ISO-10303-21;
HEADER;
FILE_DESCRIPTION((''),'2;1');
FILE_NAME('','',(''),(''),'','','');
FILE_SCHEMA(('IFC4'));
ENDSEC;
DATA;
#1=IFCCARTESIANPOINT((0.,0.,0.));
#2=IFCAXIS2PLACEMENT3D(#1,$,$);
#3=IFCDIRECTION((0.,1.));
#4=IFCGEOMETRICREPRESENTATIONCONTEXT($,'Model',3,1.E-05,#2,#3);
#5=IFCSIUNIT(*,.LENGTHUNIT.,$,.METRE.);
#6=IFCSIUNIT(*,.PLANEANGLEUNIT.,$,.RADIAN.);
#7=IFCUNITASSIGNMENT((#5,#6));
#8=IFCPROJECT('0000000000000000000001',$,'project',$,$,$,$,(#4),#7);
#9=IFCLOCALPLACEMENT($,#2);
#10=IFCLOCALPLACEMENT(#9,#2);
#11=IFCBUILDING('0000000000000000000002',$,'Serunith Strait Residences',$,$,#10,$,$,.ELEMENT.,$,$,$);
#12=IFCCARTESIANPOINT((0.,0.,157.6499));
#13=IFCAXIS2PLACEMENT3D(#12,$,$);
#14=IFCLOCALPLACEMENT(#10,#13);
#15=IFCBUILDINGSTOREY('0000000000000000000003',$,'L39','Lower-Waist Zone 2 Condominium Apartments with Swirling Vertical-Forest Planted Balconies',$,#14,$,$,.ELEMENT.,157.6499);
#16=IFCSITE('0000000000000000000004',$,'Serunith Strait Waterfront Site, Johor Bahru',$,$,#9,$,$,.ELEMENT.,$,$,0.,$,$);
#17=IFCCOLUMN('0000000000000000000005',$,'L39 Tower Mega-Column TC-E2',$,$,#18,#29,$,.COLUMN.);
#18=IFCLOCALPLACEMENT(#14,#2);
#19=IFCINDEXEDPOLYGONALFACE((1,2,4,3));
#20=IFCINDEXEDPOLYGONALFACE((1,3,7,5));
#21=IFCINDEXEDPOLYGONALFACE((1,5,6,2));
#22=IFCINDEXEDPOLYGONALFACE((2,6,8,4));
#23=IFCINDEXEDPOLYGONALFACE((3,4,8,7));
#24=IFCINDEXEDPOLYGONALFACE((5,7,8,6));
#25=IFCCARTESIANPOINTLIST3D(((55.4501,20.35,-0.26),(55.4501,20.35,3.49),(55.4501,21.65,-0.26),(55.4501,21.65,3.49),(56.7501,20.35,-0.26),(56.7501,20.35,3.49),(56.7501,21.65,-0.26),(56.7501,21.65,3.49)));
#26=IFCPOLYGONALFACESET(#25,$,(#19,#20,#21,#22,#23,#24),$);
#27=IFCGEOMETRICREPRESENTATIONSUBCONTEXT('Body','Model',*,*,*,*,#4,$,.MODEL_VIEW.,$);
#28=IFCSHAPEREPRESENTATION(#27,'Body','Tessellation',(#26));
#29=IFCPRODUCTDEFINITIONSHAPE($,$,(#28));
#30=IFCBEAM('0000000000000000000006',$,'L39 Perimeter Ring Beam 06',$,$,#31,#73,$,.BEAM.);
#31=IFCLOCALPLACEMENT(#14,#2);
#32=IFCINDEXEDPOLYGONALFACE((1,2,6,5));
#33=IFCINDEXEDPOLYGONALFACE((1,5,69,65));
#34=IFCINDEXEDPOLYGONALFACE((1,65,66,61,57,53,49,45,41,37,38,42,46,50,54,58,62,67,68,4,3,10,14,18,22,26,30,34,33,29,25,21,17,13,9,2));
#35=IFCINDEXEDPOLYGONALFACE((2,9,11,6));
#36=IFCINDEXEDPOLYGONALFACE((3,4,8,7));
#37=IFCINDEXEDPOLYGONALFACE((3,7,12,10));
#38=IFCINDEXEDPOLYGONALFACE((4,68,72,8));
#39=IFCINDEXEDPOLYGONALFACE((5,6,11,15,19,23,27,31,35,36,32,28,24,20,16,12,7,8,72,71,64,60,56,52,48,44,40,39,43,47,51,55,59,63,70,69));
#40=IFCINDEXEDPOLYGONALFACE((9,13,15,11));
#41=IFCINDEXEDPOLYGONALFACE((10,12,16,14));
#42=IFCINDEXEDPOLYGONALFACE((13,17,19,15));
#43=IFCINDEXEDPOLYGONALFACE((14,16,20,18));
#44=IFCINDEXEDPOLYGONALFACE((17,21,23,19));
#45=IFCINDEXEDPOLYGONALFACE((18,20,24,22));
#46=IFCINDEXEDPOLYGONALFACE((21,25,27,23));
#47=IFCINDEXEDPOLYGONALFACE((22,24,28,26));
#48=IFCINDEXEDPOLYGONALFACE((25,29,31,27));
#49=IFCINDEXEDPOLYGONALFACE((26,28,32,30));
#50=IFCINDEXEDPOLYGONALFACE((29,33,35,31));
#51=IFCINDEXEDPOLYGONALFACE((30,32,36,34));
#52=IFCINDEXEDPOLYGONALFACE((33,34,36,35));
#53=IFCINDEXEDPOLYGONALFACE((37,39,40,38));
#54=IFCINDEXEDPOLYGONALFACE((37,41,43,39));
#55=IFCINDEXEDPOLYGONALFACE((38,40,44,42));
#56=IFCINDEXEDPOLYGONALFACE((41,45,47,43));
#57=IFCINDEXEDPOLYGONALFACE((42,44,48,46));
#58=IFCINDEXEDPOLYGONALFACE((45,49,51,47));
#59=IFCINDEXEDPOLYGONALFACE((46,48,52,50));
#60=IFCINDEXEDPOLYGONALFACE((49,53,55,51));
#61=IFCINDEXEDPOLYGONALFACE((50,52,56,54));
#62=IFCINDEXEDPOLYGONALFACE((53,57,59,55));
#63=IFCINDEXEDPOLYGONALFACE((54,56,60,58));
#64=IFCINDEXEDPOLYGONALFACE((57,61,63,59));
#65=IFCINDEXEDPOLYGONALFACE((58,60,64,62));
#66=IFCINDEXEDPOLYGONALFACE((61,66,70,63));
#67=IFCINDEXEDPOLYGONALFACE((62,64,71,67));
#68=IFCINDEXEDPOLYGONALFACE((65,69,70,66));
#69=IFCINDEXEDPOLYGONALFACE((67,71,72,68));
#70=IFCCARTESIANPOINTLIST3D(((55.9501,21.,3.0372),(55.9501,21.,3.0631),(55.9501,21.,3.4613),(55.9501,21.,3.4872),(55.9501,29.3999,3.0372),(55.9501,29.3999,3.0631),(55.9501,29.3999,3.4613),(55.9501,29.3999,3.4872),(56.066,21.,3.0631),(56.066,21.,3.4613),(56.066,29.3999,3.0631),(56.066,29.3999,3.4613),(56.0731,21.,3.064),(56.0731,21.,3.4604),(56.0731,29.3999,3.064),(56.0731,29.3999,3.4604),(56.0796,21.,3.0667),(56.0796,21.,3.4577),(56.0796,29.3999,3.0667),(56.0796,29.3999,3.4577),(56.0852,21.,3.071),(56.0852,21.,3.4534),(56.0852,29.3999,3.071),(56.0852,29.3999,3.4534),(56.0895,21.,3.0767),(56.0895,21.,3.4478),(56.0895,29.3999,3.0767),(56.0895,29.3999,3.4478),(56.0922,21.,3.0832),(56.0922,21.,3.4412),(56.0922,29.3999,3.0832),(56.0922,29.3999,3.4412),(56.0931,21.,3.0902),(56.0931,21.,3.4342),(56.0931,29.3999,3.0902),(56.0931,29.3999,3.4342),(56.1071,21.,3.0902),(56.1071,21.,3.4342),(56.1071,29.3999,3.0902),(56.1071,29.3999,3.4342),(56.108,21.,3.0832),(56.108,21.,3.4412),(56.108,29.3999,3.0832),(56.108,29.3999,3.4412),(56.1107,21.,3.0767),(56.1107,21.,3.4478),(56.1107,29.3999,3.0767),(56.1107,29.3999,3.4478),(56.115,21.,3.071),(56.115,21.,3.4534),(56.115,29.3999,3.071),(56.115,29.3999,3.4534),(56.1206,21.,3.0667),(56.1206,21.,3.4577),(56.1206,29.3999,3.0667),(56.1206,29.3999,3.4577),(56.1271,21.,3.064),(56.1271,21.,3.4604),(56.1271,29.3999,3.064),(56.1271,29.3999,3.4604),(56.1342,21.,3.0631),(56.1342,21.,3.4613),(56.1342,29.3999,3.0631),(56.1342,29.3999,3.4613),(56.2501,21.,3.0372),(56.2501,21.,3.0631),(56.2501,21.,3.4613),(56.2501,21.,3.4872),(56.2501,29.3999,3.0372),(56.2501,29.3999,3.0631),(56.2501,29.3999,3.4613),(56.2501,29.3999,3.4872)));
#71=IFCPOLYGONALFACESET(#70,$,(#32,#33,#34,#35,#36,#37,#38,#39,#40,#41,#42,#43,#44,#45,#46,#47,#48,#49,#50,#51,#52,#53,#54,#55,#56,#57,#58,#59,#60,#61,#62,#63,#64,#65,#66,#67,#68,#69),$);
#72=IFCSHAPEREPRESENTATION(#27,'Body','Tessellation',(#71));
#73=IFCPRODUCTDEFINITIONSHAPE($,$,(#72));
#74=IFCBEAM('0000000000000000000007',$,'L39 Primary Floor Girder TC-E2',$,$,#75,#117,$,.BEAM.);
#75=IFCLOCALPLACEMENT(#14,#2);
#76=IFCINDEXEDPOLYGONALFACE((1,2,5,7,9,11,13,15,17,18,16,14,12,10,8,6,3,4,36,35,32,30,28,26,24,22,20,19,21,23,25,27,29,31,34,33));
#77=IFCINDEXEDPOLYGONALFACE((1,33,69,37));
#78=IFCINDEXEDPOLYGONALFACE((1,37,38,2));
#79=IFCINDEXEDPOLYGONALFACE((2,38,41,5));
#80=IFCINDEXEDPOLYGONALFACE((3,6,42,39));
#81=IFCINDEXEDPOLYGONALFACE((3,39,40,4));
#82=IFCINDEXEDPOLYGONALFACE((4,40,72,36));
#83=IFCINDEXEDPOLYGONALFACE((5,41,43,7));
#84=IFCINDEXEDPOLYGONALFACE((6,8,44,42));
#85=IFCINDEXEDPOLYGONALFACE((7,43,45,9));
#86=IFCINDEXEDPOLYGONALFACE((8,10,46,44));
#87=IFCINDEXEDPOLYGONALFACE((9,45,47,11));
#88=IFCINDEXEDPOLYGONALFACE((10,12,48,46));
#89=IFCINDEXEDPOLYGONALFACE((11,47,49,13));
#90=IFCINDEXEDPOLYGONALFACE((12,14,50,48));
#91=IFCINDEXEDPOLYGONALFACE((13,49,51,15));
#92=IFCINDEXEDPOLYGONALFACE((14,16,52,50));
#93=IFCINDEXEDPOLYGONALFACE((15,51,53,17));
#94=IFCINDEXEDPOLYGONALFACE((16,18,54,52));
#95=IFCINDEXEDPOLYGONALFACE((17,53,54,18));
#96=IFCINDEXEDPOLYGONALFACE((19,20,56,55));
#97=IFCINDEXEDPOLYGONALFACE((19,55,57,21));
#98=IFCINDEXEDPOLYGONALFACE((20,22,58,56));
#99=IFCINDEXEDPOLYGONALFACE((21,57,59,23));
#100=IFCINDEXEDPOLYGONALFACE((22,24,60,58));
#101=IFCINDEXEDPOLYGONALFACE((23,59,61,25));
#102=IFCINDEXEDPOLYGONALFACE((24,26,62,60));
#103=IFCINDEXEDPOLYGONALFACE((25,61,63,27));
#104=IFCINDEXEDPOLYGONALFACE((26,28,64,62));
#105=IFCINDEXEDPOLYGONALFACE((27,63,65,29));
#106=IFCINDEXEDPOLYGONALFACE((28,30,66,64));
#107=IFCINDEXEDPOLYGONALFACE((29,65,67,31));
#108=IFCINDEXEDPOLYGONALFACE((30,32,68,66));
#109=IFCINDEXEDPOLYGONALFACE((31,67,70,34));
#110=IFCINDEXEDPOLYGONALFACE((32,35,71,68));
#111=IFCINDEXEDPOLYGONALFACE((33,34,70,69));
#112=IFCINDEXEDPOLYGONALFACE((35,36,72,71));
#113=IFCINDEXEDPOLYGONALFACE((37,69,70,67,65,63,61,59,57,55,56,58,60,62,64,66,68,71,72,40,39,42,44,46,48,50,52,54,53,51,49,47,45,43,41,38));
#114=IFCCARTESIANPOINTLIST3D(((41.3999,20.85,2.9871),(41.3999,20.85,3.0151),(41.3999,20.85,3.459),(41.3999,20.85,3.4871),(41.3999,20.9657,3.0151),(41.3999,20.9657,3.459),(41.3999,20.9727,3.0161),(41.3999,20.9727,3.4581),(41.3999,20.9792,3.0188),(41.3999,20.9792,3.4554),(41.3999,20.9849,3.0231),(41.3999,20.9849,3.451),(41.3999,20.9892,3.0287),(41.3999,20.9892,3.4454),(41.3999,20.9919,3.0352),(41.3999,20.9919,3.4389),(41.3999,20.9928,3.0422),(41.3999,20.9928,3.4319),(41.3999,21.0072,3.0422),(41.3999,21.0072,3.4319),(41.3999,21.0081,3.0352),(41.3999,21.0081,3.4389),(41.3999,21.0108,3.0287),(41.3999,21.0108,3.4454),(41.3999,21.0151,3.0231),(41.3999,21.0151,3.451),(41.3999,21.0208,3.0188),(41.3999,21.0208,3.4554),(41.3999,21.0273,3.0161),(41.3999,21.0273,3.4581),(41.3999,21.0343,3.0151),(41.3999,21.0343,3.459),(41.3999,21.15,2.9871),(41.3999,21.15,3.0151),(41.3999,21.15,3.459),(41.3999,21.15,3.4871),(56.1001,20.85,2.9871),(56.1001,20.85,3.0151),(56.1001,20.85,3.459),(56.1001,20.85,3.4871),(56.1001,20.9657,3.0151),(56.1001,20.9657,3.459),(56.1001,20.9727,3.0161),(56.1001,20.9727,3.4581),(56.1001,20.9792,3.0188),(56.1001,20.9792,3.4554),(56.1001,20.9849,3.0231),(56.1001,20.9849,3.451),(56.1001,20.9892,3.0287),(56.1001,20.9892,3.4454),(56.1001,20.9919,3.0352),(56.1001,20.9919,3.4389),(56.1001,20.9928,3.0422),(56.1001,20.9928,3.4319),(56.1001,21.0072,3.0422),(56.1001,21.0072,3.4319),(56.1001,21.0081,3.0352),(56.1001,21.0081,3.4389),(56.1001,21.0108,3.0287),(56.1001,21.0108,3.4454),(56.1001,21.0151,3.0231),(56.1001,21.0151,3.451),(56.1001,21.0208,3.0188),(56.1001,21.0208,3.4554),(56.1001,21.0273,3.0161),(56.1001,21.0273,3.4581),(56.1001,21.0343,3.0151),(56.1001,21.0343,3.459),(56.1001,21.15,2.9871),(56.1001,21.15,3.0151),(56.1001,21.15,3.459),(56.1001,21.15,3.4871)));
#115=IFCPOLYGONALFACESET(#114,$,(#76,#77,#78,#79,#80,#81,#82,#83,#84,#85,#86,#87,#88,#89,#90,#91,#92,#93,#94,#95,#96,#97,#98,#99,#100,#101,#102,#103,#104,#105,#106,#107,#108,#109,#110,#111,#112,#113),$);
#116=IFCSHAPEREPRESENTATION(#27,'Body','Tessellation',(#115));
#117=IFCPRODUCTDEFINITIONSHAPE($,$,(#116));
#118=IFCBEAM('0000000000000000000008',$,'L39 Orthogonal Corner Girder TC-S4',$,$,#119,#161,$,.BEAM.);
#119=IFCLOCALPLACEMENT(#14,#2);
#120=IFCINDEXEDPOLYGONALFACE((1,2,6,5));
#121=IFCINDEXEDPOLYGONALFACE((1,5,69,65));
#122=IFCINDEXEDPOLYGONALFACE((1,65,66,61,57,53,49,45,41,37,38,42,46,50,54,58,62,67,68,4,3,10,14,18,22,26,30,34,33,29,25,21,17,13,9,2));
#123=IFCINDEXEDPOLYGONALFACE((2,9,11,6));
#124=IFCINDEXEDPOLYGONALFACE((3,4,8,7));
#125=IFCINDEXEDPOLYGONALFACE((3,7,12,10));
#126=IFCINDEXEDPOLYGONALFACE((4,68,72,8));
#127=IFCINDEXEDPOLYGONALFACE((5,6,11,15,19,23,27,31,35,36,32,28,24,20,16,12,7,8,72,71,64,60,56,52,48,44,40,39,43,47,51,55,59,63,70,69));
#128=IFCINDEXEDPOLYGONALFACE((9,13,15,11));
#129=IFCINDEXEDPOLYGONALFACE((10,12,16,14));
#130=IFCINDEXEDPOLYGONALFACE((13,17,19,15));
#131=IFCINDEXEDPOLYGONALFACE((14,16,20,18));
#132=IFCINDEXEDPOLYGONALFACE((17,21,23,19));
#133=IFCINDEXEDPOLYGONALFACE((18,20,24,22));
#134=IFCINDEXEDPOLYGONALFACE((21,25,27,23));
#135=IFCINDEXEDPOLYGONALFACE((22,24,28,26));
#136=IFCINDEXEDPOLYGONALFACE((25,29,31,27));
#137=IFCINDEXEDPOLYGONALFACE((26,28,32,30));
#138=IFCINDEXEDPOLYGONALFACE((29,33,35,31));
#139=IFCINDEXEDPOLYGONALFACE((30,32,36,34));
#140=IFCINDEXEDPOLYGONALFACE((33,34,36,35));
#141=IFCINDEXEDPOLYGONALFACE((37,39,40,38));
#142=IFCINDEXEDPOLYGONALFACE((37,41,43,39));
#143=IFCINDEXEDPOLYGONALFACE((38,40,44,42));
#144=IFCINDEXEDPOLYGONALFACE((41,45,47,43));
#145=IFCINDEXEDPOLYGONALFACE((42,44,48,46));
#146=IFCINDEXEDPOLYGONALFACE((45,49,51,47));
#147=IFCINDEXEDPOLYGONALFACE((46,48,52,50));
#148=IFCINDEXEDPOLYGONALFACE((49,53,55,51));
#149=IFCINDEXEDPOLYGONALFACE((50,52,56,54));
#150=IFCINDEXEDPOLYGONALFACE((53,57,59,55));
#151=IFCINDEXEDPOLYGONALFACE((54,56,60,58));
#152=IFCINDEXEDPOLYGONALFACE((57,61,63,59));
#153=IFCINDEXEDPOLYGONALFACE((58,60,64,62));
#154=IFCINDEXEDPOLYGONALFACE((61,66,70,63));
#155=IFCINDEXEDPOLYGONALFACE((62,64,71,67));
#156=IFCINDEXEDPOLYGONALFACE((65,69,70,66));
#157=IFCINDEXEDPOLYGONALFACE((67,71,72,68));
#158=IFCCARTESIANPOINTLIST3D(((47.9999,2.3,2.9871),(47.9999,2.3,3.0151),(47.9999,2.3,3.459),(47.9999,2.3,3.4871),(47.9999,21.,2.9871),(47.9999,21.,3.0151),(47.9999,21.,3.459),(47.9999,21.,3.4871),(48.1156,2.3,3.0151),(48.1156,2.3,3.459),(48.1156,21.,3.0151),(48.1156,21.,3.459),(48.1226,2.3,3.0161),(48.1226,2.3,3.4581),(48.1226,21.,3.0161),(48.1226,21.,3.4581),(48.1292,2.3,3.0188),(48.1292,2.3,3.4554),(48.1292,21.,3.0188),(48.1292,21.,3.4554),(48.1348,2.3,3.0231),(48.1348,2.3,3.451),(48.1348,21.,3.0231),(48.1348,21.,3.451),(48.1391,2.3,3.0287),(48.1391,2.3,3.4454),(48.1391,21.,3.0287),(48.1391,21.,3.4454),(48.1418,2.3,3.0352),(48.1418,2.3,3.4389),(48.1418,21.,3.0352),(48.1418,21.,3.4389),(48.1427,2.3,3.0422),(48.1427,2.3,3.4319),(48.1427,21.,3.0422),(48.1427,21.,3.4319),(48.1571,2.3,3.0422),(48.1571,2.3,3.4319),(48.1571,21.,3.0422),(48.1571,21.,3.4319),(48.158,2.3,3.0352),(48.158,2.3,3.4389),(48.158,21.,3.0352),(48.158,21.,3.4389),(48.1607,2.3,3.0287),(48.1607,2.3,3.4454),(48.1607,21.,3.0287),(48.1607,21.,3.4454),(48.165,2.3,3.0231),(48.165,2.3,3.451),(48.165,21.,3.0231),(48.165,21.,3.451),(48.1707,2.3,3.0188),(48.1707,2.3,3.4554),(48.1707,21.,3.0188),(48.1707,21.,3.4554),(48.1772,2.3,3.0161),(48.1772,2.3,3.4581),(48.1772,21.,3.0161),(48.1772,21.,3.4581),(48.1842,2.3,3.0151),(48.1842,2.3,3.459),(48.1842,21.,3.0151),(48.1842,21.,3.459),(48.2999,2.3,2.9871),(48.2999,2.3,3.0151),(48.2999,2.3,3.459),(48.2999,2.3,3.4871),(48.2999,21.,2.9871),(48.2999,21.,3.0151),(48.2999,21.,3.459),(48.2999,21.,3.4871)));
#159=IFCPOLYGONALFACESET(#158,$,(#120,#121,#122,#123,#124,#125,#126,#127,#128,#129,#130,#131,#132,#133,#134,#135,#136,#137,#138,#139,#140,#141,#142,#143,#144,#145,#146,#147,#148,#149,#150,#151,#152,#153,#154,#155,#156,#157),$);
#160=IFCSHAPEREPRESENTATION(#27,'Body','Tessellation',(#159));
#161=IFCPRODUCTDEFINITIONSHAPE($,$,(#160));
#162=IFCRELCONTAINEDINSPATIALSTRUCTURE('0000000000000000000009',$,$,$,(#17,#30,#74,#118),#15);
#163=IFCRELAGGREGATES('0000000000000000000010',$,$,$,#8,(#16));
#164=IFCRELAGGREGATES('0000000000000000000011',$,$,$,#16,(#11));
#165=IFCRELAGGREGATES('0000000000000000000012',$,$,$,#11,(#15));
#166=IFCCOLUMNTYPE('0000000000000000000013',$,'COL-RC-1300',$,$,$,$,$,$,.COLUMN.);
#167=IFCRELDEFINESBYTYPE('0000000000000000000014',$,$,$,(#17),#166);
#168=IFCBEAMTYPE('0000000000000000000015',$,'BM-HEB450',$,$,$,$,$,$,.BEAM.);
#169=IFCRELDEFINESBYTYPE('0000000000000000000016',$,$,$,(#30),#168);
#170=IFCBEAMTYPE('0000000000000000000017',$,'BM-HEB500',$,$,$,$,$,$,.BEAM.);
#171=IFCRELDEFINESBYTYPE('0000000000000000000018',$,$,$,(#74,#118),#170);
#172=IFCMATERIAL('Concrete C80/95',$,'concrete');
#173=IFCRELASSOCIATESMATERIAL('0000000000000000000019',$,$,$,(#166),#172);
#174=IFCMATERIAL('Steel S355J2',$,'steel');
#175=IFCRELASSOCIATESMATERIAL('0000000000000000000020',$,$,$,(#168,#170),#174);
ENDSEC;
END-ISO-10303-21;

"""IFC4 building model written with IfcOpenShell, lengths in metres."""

from ifc_helpers import new_model, si_unit, direction, frame, origin, origin_2d, place, context, subcontext, project, spatial, rectangle, i_section, extrude, source, transform, mapped, material, material_profile, profile_set, type_object, element, save


model = new_model("IFC4")

# Units and contexts
model_context = context("Model", 3, precision=1e-05, world=origin(), true_north=direction((0.0, 1.0)))
body_context = subcontext(model_context, "Body", "Model", "MODEL_VIEW")
ifc_project = project(units=[si_unit("LENGTHUNIT", "METRE"), si_unit("PLANEANGLEUNIT", "RADIAN")], contexts=[model_context])

# Site, building, storey
site_placement = place(None, origin())
site = spatial("IfcSite", under=ifc_project, at=site_placement, Name="Serunith Strait Waterfront Site, Johor Bahru", CompositionType="ELEMENT", RefElevation=0.0)
building_placement = place(site_placement, origin())
building = spatial("IfcBuilding", under=site, at=building_placement, Name="Serunith Strait Residences", CompositionType="ELEMENT")
storey_placement = place(building_placement, frame((0.0, 0.0, 157.6499)))
storey = spatial("IfcBuildingStorey", under=building, at=storey_placement, Name="L39", Description="Lower-Waist Zone 2 Condominium Apartments with Swirling Vertical-Forest Planted Balconies", CompositionType="ELEMENT", Elevation=157.6499)

# Column
ifc_material_1 = material(Name="Concrete C80/95", Category="concrete")
ifc_material_profile_1 = material_profile(ifc_material_1, rectangle(XDim=1.3, YDim=1.3, at=origin_2d()), Name="RC 1300x1300")
ifc_profile_set_1 = profile_set([ifc_material_profile_1], Name="Concrete C80/95")
column_type = type_object("IfcColumnType", Name="COL-RC-1300", PredefinedType="COLUMN", material=ifc_profile_set_1)
shared_shape_1 = source(origin(), body_context, "Body", "SweptSolid", [
    extrude(rectangle(XDim=1.3, YDim=1.3, at=origin_2d()), origin(), (0.0, 0.0, 1.0), 3.75),
])
column_placement = place(storey_placement, frame((56.1001, 21.0, -0.26), z_axis=(0.0, 0.0, 1.0), x_axis=(1.0, 0.0, 0.0)))
element("IfcColumn", 1, at=column_placement, inside=storey, type_object=column_type, Name="L39 Tower Mega-Column TC-E2", PredefinedType="COLUMN", context=body_context, shape_type="MappedRepresentation", body=[
    mapped(shared_shape_1, transform((0.0, 0.0, 0.0), scale=1.0)),
])

# Beams
ifc_material_2 = material(Name="Steel S355J2", Category="steel")
ifc_material_profile_2 = material_profile(ifc_material_2, i_section(OverallWidth=0.3, OverallDepth=0.45, WebThickness=0.0139, FlangeThickness=0.0259, FilletRadius=0.0271, at=origin_2d()), Name="HEB 450")
ifc_profile_set_2 = profile_set([ifc_material_profile_2], Name="Steel S355J2")
beam_type_1 = type_object("IfcBeamType", Name="BM-HEB450", PredefinedType="BEAM", material=ifc_profile_set_2)
shared_shape_2 = source(origin(), body_context, "Body", "SweptSolid", [
    extrude(i_section(OverallWidth=0.3, OverallDepth=0.45, WebThickness=0.0139, FlangeThickness=0.0259, FilletRadius=0.0271, at=origin_2d()), origin(), (0.0, 0.0, 1.0), 8.3999),
])
beam_1_placement = place(storey_placement, frame((56.1001, 21.0, 3.2622), z_axis=(0.0, 1.0, 0.0), x_axis=(-1.0, 0.0, 0.0)))
element("IfcBeam", 2, at=beam_1_placement, inside=storey, type_object=beam_type_1, Name="L39 Perimeter Ring Beam 06", PredefinedType="BEAM", context=body_context, shape_type="MappedRepresentation", body=[
    mapped(shared_shape_2, transform((0.0, 0.0, 0.0), scale=1.0)),
])
ifc_material_profile_3 = material_profile(ifc_material_2, i_section(OverallWidth=0.3, OverallDepth=0.5, WebThickness=0.0144, FlangeThickness=0.0281, FilletRadius=0.0271, at=origin_2d()), Name="HEB 500")
ifc_profile_set_3 = profile_set([ifc_material_profile_3], Name="Steel S355J2")
beam_type_2 = type_object("IfcBeamType", Name="BM-HEB500", PredefinedType="BEAM", material=ifc_profile_set_3)
shared_shape_3 = source(origin(), body_context, "Body", "SweptSolid", [
    extrude(i_section(OverallWidth=0.3, OverallDepth=0.5, WebThickness=0.0144, FlangeThickness=0.0281, FilletRadius=0.0271, at=origin_2d()), origin(), (0.0, 0.0, 1.0), 14.7002),
])
beam_2_placement = place(storey_placement, frame((41.3999, 21.0, 3.2371), z_axis=(1.0, 0.0, 0.0), x_axis=(0.0, 1.0, 0.0)))
element("IfcBeam", 3, at=beam_2_placement, inside=storey, type_object=beam_type_2, Name="L39 Primary Floor Girder TC-E2", PredefinedType="BEAM", context=body_context, shape_type="MappedRepresentation", body=[
    mapped(shared_shape_3, transform((0.0, 0.0, 0.0), scale=1.0)),
])
shared_shape_4 = source(origin(), body_context, "Body", "SweptSolid", [
    extrude(i_section(OverallWidth=0.3, OverallDepth=0.5, WebThickness=0.0144, FlangeThickness=0.0281, FilletRadius=0.0271, at=origin_2d()), origin(), (0.0, 0.0, 1.0), 18.7),
])
beam_3_placement = place(storey_placement, frame((48.1499, 21.0, 3.2371), z_axis=(0.0, -1.0, 0.0), x_axis=(1.0, 0.0, 0.0)))
element("IfcBeam", 4, at=beam_3_placement, inside=storey, type_object=beam_type_2, Name="L39 Orthogonal Corner Girder TC-S4", PredefinedType="BEAM", context=body_context, shape_type="MappedRepresentation", body=[
    mapped(shared_shape_4, transform((0.0, 0.0, 0.0), scale=1.0)),
])

save(model, "model.ifc")
